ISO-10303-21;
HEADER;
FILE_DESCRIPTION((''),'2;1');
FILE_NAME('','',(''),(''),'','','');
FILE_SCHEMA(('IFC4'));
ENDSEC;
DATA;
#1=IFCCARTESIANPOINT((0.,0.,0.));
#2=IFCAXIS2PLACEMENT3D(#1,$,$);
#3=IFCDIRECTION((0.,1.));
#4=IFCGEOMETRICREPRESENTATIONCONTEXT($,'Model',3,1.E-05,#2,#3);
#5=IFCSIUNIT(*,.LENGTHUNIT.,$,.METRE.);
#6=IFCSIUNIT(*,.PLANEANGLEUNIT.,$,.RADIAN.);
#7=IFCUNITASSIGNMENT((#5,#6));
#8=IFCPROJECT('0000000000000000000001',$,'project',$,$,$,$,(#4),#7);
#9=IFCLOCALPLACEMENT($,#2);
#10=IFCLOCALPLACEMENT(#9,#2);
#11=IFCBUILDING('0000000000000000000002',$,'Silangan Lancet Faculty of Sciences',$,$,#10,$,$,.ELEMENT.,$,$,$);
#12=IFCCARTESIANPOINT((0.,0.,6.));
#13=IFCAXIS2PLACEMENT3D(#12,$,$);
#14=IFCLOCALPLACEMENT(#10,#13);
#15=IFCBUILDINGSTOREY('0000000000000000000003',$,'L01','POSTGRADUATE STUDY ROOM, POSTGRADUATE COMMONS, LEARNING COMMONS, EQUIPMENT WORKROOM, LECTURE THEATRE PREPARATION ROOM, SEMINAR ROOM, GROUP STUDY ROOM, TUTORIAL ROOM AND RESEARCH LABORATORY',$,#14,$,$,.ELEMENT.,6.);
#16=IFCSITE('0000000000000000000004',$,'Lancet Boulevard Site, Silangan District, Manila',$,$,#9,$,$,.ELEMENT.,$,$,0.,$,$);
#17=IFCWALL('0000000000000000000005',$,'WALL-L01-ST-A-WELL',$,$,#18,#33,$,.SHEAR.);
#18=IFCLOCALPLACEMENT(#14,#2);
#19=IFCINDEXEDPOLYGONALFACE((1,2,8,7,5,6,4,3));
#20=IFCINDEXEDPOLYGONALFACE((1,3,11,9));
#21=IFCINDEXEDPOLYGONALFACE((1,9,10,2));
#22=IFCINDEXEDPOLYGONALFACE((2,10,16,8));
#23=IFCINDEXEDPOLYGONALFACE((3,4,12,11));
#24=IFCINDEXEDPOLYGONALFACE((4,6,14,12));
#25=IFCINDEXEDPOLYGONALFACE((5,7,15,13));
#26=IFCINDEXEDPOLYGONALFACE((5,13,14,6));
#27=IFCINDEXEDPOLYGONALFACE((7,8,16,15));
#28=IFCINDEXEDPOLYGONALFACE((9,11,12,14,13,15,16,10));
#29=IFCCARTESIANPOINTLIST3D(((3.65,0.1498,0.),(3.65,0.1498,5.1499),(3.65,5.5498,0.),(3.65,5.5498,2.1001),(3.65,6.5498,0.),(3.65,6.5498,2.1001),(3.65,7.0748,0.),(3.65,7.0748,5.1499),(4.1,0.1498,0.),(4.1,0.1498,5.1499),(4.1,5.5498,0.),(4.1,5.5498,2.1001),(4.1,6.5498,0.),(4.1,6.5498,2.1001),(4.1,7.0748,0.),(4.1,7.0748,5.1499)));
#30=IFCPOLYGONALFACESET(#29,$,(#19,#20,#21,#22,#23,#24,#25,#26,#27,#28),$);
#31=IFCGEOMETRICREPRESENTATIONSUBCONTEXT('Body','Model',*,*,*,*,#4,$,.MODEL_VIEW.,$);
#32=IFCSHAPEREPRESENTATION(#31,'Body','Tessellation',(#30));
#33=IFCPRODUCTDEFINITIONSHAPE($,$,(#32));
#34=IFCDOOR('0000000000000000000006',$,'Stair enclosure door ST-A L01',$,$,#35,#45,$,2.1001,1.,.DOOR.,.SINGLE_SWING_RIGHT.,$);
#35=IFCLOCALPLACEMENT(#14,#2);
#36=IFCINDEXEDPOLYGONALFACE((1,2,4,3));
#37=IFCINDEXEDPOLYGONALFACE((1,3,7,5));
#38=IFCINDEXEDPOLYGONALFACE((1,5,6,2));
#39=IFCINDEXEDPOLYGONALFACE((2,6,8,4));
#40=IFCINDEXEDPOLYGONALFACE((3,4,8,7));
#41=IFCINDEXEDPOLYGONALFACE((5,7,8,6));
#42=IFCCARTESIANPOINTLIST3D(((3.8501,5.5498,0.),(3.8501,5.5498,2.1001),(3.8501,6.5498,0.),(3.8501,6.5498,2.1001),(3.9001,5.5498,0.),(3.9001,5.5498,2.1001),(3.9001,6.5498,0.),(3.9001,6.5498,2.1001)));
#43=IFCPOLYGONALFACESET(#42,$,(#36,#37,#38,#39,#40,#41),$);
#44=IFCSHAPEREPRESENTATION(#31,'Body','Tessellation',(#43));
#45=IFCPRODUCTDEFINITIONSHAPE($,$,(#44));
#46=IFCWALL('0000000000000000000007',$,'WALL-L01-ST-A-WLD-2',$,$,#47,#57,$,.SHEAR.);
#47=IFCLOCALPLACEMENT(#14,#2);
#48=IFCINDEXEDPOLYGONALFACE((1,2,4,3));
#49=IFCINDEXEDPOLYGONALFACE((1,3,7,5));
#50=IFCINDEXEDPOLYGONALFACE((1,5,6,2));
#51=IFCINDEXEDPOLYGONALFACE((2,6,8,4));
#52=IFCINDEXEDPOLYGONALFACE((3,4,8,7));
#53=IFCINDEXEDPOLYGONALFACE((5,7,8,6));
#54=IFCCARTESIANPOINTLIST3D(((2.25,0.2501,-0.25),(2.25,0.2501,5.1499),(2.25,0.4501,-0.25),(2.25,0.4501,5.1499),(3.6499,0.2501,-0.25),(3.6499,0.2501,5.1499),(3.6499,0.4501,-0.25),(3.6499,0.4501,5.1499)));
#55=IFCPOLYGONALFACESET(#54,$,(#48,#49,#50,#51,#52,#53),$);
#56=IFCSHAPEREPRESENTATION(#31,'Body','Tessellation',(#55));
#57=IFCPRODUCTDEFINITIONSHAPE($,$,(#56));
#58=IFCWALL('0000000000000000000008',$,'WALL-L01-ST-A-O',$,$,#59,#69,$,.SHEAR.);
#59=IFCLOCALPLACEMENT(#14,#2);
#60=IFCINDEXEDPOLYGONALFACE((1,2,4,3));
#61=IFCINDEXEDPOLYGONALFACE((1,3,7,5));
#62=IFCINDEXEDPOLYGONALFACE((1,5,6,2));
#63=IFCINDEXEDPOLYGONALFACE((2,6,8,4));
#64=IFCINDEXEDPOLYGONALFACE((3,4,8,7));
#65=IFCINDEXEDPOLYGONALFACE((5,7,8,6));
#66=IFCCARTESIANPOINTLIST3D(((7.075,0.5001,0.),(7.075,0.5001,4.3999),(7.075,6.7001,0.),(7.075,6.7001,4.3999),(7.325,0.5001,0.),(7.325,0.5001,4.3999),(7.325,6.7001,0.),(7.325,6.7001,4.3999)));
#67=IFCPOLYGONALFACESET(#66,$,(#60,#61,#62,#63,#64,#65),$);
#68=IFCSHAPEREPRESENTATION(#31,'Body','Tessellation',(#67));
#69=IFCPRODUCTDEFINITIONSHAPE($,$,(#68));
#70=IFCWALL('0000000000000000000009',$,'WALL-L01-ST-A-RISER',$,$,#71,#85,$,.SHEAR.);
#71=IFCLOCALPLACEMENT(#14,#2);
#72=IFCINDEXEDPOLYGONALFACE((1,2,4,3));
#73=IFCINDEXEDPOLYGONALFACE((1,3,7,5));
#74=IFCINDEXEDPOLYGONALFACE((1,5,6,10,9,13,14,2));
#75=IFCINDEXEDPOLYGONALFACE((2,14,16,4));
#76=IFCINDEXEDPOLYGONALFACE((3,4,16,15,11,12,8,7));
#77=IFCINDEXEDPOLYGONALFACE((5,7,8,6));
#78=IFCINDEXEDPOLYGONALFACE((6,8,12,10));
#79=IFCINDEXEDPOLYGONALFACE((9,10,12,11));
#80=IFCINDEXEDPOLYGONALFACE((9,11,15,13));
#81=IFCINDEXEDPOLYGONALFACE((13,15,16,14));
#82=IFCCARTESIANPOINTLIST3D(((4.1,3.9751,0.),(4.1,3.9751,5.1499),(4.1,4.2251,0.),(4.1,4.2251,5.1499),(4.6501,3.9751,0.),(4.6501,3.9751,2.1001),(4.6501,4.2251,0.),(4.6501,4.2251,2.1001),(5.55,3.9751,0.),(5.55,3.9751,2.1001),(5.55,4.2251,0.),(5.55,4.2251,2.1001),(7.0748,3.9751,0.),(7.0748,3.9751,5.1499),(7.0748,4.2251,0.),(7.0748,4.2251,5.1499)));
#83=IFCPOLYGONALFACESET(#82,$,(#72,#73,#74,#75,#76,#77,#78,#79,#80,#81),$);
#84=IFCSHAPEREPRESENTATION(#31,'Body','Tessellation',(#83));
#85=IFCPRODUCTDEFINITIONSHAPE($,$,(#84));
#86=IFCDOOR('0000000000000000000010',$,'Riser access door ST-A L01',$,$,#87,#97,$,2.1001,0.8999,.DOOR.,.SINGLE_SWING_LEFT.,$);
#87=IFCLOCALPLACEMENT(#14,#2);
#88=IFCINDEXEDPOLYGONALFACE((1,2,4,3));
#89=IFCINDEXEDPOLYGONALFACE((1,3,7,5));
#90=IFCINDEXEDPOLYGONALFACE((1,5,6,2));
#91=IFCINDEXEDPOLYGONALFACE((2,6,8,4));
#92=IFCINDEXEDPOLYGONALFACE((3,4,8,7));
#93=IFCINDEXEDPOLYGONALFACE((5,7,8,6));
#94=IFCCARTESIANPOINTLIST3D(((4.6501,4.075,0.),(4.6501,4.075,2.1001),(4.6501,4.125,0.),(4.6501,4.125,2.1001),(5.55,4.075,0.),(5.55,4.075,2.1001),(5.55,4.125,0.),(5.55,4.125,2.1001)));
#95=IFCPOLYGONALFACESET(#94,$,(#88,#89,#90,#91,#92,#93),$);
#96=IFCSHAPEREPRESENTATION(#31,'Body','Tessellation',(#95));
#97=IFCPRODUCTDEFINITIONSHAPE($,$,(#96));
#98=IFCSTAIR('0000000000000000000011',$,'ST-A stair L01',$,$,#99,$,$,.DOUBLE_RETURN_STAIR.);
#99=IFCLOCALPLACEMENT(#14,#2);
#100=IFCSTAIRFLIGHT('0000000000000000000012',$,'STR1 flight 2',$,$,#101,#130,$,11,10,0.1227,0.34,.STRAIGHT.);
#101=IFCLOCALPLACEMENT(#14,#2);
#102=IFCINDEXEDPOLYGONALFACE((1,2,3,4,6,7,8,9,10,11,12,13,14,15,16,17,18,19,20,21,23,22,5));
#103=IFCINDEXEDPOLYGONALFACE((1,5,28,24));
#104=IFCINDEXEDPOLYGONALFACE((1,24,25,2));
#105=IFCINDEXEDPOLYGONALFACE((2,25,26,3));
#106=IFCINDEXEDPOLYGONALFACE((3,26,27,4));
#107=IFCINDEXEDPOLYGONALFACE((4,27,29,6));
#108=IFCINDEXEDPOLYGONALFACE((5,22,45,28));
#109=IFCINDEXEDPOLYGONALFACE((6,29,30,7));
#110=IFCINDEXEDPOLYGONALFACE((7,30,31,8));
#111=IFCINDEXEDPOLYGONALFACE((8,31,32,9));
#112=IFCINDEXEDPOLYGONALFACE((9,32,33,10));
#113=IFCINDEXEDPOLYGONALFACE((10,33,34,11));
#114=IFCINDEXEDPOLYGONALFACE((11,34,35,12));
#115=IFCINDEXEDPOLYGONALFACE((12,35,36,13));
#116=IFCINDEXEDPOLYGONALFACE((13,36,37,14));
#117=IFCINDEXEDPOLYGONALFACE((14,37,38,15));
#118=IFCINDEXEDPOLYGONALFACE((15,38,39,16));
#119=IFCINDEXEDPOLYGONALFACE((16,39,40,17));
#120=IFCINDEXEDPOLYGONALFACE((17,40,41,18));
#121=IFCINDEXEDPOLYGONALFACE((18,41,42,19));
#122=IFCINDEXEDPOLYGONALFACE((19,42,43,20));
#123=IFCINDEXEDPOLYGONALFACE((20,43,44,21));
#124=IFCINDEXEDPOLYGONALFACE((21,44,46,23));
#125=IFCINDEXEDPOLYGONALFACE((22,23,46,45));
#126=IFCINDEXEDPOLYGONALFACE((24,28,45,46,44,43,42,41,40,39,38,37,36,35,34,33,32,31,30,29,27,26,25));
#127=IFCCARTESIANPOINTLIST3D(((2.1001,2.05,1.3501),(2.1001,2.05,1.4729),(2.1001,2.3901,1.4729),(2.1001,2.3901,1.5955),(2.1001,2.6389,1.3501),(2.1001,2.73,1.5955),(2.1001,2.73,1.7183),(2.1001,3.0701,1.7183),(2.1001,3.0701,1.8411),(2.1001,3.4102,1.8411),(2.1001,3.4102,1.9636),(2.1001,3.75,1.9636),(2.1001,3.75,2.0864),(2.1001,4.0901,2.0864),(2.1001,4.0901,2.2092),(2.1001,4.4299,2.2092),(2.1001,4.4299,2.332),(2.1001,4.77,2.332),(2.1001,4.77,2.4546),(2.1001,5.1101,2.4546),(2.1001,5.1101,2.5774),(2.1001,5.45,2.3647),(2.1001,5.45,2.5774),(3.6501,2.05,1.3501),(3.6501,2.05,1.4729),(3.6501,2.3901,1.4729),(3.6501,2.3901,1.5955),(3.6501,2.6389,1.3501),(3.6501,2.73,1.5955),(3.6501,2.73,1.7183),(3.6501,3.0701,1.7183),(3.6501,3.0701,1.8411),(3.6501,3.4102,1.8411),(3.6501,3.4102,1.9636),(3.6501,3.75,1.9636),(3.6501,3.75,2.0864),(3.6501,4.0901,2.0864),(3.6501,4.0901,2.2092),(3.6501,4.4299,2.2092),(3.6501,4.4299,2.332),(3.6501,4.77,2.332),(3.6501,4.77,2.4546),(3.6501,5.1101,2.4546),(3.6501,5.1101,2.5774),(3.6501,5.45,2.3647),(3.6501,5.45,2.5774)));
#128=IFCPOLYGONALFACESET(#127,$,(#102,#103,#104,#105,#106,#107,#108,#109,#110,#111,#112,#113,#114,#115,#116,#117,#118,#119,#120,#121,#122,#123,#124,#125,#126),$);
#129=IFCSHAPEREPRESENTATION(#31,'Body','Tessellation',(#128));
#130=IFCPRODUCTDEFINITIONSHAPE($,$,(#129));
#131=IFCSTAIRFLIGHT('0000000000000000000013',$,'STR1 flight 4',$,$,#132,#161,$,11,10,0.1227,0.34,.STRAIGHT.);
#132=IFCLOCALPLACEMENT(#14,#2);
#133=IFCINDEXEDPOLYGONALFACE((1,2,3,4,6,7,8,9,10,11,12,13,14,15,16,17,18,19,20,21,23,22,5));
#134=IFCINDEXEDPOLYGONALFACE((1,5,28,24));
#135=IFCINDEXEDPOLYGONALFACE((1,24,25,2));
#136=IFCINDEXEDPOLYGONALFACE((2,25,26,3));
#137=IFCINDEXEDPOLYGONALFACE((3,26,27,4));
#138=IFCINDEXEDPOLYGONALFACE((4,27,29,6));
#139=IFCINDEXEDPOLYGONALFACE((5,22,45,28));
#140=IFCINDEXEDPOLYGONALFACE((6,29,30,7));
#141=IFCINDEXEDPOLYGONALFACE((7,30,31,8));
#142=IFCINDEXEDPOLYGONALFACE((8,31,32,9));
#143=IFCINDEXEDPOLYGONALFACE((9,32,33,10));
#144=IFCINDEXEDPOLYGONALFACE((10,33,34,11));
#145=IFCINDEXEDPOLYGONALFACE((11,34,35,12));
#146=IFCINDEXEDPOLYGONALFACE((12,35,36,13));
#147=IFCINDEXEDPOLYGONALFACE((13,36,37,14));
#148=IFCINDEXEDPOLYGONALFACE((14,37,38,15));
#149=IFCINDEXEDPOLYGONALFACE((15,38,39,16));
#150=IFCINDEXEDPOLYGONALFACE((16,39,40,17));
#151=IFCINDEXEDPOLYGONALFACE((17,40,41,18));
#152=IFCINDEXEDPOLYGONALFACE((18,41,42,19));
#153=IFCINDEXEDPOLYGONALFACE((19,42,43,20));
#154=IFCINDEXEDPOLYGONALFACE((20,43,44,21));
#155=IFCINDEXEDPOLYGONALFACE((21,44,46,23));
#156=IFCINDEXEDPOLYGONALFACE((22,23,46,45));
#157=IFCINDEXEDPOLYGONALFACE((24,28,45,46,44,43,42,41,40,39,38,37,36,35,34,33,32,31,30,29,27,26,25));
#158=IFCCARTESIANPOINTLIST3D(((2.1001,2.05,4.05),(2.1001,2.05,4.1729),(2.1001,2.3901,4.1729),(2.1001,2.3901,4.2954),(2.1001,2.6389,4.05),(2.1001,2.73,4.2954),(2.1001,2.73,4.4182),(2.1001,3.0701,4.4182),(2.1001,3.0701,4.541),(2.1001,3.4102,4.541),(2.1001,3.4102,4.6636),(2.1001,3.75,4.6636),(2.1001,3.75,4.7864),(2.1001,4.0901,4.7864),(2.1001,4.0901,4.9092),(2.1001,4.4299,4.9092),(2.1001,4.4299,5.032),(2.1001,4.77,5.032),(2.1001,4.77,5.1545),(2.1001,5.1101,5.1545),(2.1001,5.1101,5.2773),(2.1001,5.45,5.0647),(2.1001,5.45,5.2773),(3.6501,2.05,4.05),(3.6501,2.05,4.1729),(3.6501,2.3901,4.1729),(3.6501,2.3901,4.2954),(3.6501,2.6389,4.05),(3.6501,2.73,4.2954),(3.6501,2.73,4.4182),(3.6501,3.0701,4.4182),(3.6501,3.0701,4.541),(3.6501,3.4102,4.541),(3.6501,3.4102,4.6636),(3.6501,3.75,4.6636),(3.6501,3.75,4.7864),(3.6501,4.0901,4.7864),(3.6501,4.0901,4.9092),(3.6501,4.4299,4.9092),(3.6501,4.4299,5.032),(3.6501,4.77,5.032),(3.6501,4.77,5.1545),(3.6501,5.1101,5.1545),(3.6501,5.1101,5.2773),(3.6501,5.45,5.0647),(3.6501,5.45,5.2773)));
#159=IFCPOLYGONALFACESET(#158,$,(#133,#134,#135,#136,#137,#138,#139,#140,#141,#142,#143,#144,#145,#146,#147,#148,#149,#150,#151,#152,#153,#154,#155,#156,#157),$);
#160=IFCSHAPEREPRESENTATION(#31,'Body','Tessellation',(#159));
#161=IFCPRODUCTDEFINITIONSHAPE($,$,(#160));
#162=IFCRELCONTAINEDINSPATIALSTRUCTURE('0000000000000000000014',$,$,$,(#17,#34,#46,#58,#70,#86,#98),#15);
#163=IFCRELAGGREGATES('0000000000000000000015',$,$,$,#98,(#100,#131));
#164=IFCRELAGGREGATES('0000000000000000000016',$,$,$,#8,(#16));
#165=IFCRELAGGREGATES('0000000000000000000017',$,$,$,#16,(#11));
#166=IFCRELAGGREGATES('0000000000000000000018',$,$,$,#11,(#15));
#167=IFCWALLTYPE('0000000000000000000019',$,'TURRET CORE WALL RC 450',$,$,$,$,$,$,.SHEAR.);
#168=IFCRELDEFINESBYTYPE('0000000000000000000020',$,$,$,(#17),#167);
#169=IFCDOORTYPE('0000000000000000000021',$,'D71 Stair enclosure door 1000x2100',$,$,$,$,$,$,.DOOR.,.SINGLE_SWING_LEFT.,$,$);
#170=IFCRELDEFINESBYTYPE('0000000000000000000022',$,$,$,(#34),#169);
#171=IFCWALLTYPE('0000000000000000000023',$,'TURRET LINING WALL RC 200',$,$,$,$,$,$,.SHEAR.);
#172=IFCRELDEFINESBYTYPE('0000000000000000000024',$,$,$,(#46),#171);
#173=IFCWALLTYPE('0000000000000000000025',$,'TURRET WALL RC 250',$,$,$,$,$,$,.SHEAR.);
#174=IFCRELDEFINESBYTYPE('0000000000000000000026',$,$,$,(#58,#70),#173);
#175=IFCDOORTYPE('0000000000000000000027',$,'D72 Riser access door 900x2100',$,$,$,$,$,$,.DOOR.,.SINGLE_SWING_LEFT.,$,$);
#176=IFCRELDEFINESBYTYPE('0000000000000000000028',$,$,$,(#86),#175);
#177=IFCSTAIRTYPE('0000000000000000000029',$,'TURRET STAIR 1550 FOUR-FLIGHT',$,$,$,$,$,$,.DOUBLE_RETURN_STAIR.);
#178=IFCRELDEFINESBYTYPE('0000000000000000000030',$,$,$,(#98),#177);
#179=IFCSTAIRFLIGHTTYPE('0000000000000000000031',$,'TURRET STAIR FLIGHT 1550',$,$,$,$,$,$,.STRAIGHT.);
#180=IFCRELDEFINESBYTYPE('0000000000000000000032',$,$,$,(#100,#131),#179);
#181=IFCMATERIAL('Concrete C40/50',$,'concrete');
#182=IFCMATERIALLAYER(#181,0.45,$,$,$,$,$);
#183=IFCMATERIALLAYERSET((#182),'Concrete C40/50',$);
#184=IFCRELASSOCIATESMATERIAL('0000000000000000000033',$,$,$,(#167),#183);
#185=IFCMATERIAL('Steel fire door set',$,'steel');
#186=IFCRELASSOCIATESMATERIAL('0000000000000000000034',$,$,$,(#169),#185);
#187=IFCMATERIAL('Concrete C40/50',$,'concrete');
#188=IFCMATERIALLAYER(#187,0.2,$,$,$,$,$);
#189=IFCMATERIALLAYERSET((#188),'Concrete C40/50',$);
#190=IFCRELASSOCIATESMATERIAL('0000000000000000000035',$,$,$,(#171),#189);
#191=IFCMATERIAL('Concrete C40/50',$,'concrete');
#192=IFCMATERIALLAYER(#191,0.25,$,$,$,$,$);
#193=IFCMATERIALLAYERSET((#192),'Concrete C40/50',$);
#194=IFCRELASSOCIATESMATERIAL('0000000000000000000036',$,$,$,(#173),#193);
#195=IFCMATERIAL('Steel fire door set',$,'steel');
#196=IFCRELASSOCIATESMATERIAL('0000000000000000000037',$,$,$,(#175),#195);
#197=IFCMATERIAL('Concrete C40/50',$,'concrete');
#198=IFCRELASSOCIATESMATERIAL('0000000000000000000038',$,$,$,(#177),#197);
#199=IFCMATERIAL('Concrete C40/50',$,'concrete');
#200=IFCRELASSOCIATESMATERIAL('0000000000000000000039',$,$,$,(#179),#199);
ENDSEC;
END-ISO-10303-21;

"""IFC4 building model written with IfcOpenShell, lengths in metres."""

from ifc_helpers import new_model, si_unit, direction, frame, frame_2d, origin, place, context, subcontext, project, spatial, polyline, rectangle, outline, extrude, material, layer, layer_set, type_object, element, fill, aggregate, save


model = new_model("IFC4")

# Units and contexts
model_context = context("Model", 3, precision=1e-05, world=origin(), true_north=direction((0.0, 1.0)))
body_context = subcontext(model_context, "Body", "Model", "MODEL_VIEW")
ifc_project = project(units=[si_unit("LENGTHUNIT", "METRE"), si_unit("PLANEANGLEUNIT", "RADIAN")], contexts=[model_context])

# Site, building, storey
site_placement = place(None, origin())
site = spatial("IfcSite", under=ifc_project, at=site_placement, Name="Lancet Boulevard Site, Silangan District, Manila", CompositionType="ELEMENT", RefElevation=0.0)
building_placement = place(site_placement, origin())
building = spatial("IfcBuilding", under=site, at=building_placement, Name="Silangan Lancet Faculty of Sciences", CompositionType="ELEMENT")
storey_placement = place(building_placement, frame((0.0, 0.0, 6.0)))
storey = spatial("IfcBuildingStorey", under=building, at=storey_placement, Name="L01", Description="POSTGRADUATE STUDY ROOM, POSTGRADUATE COMMONS, LEARNING COMMONS, EQUIPMENT WORKROOM, LECTURE THEATRE PREPARATION ROOM, SEMINAR ROOM, GROUP STUDY ROOM, TUTORIAL ROOM AND RESEARCH LABORATORY", CompositionType="ELEMENT", Elevation=6.0)

# Wall, opening, door
ifc_material_1 = material(Name="Concrete C40/50", Category="concrete")
ifc_layer_1 = layer(ifc_material_1, 0.45)
ifc_layer_set_1 = layer_set([ifc_layer_1], Name="Concrete C40/50")
wall_type_1 = type_object("IfcWallType", Name="TURRET CORE WALL RC 450", PredefinedType="SHEAR", material=ifc_layer_set_1)
wall_1_placement = place(storey_placement, frame((3.875, 0.1499, 0.0), z_axis=(0.0, 0.0, 1.0), x_axis=(0.0, 1.0, 0.0)))
wall_1 = element("IfcWall", 1, at=wall_1_placement, inside=storey, type_object=wall_type_1, Name="WALL-L01-ST-A-WELL", PredefinedType="SHEAR", context=body_context, shape_type="SweptSolid", body=[
    extrude(rectangle(XDim=6.925, YDim=0.45, at=frame_2d((3.4624, 0.0))), origin(), (0.0, 0.0, 1.0), 5.1499),
])
opening_1_placement = place(wall_1_placement, frame((5.3999, 0.0, 0.0)))
opening_1 = element("IfcOpeningElement", 2, at=opening_1_placement, cuts=wall_1, PredefinedType="OPENING", context=body_context, shape_type="SweptSolid", body=[
    extrude(rectangle(XDim=1.0, YDim=2.1001, at=frame_2d((0.5, 1.05))), frame((0.0, 0.2349, 0.0), z_axis=(0.0, -1.0, 0.0), x_axis=(1.0, 0.0, 0.0)), (0.0, 0.0, 1.0), 0.47),
])
ifc_material_2 = material(Name="Steel fire door set", Category="steel")
door_type_1 = type_object("IfcDoorType", Name="D71 Stair enclosure door 1000x2100", OperationType="SINGLE_SWING_LEFT", PredefinedType="DOOR", material=ifc_material_2)
door_1_placement = place(opening_1_placement, origin())
door_1 = element("IfcDoor", 3, at=door_1_placement, inside=storey, type_object=door_type_1, Name="Stair enclosure door ST-A L01", OperationType="SINGLE_SWING_RIGHT", OverallHeight=2.1001, OverallWidth=1.0, PredefinedType="DOOR", context=body_context, shape_type="SweptSolid", body=[
    extrude(rectangle(XDim=1.0, YDim=2.1001, at=frame_2d((0.5, 1.05))), frame((0.0, 0.0249, 0.0), z_axis=(0.0, -1.0, 0.0), x_axis=(1.0, 0.0, 0.0)), (0.0, 0.0, 1.0), 0.05),
])
fill(opening_1, door_1)

# Walls
ifc_material_3 = material(Name="Concrete C40/50", Category="concrete")
ifc_layer_2 = layer(ifc_material_3, 0.2)
ifc_layer_set_2 = layer_set([ifc_layer_2], Name="Concrete C40/50")
wall_type_2 = type_object("IfcWallType", Name="TURRET LINING WALL RC 200", PredefinedType="SHEAR", material=ifc_layer_set_2)
wall_2_placement = place(storey_placement, frame((2.25, 0.3501, -0.25), z_axis=(0.0, 0.0, 1.0), x_axis=(1.0, 0.0, 0.0)))
element("IfcWall", 4, at=wall_2_placement, inside=storey, type_object=wall_type_2, Name="WALL-L01-ST-A-WLD-2", PredefinedType="SHEAR", context=body_context, shape_type="SweptSolid", body=[
    extrude(rectangle(XDim=1.3999, YDim=0.2, at=frame_2d((0.7, 0.0))), origin(), (0.0, 0.0, 1.0), 5.3999),
])
ifc_material_4 = material(Name="Concrete C40/50", Category="concrete")
ifc_layer_3 = layer(ifc_material_4, 0.25)
ifc_layer_set_3 = layer_set([ifc_layer_3], Name="Concrete C40/50")
wall_type_3 = type_object("IfcWallType", Name="TURRET WALL RC 250", PredefinedType="SHEAR", material=ifc_layer_set_3)
wall_3_placement = place(storey_placement, frame((7.2, 0.5, 0.0), z_axis=(0.0, 0.0, 1.0), x_axis=(0.0, 1.0, 0.0)))
element("IfcWall", 5, at=wall_3_placement, inside=storey, type_object=wall_type_3, Name="WALL-L01-ST-A-O", PredefinedType="SHEAR", context=body_context, shape_type="SweptSolid", body=[
    extrude(rectangle(XDim=6.2, YDim=0.25, at=frame_2d((3.1001, 0.0))), origin(), (0.0, 0.0, 1.0), 4.3999),
])

# Wall, opening, door
wall_4_placement = place(storey_placement, frame((4.1001, 4.1001, 0.0), z_axis=(0.0, 0.0, 1.0), x_axis=(1.0, 0.0, 0.0)))
wall_4 = element("IfcWall", 6, at=wall_4_placement, inside=storey, type_object=wall_type_3, Name="WALL-L01-ST-A-RISER", PredefinedType="SHEAR", context=body_context, shape_type="SweptSolid", body=[
    extrude(rectangle(XDim=2.9749, YDim=0.25, at=frame_2d((1.4873, 0.0))), origin(), (0.0, 0.0, 1.0), 5.1499),
])
opening_2_placement = place(wall_4_placement, frame((0.55, 0.0, 0.0)))
opening_2 = element("IfcOpeningElement", 7, at=opening_2_placement, cuts=wall_4, PredefinedType="OPENING", context=body_context, shape_type="SweptSolid", body=[
    extrude(rectangle(XDim=0.8999, YDim=2.1001, at=frame_2d((0.45, 1.05))), frame((0.0, 0.135, 0.0), z_axis=(0.0, -1.0, 0.0), x_axis=(1.0, 0.0, 0.0)), (0.0, 0.0, 1.0), 0.27),
])
ifc_material_5 = material(Name="Steel fire door set", Category="steel")
door_type_2 = type_object("IfcDoorType", Name="D72 Riser access door 900x2100", OperationType="SINGLE_SWING_LEFT", PredefinedType="DOOR", material=ifc_material_5)
door_2_placement = place(opening_2_placement, frame((0.8999, 0.0, 0.0), z_axis=(0.0, 0.0, 1.0), x_axis=(-1.0, 0.0, 0.0)))
door_2 = element("IfcDoor", 8, at=door_2_placement, inside=storey, type_object=door_type_2, Name="Riser access door ST-A L01", OperationType="SINGLE_SWING_LEFT", OverallHeight=2.1001, OverallWidth=0.8999, PredefinedType="DOOR", context=body_context, shape_type="SweptSolid", body=[
    extrude(rectangle(XDim=0.8999, YDim=2.1001, at=frame_2d((0.45, 1.05))), frame((0.0, 0.0251, 0.0), z_axis=(0.0, -1.0, 0.0), x_axis=(1.0, 0.0, 0.0)), (0.0, 0.0, 1.0), 0.05),
])
fill(opening_2, door_2)

# Stair, stair flights
ifc_material_6 = material(Name="Concrete C40/50", Category="concrete")
stair_type = type_object("IfcStairType", Name="TURRET STAIR 1550 FOUR-FLIGHT", PredefinedType="DOUBLE_RETURN_STAIR", material=ifc_material_6)
stair_placement = place(storey_placement, origin())
stair = element("IfcStair", 9, at=stair_placement, inside=storey, type_object=stair_type, Name="ST-A stair L01", PredefinedType="DOUBLE_RETURN_STAIR")
ifc_material_7 = material(Name="Concrete C40/50", Category="concrete")
stair_flight_type = type_object("IfcStairFlightType", Name="TURRET STAIR FLIGHT 1550", PredefinedType="STRAIGHT", material=ifc_material_7)
stair_flight_1_placement = place(storey_placement, frame((2.875, 2.05, 1.3501), z_axis=(0.0, 0.0, 1.0), x_axis=(0.0, 1.0, 0.0)))
stair_flight_1 = element("IfcStairFlight", 10, at=stair_flight_1_placement, type_object=stair_flight_type, Name="STR1 flight 2", NumberOfRisers=11, NumberOfTreads=10, PredefinedType="STRAIGHT", RiserHeight=0.1227, TreadLength=0.34, context=body_context, shape_type="SweptSolid", body=[
    extrude(outline(polyline([(0.0, 0.0), (0.0, 0.1228), (0.3401, 0.1228), (0.3401, 0.2454), (0.6799, 0.2454), (0.6799, 0.3682), (1.02, 0.3682), (1.02, 0.491), (1.3601, 0.491), (1.3601, 0.6135), (1.7, 0.6135), (1.7, 0.7363), (2.04, 0.7363), (2.04, 0.8591), (2.3799, 0.8591), (2.3799, 0.9819), (2.72, 0.9819), (2.72, 1.1045), (3.0601, 1.1045), (3.0601, 1.2273), (3.3999, 1.2273), (3.3999, 1.3501), (3.3999, 1.0146), (0.5889, 0.0), (0.0, 0.0)])), frame((0.0, 0.7749, 0.0), z_axis=(0.0, -1.0, 0.0), x_axis=(1.0, 0.0, 0.0)), (0.0, 0.0, 1.0), 1.55),
])
stair_flight_2_placement = place(storey_placement, frame((2.875, 2.05, 4.05), z_axis=(0.0, 0.0, 1.0), x_axis=(0.0, 1.0, 0.0)))
stair_flight_2 = element("IfcStairFlight", 11, at=stair_flight_2_placement, type_object=stair_flight_type, Name="STR1 flight 4", NumberOfRisers=11, NumberOfTreads=10, PredefinedType="STRAIGHT", RiserHeight=0.1227, TreadLength=0.34, context=body_context, shape_type="SweptSolid", body=[
    extrude(outline(polyline([(0.0, 0.0), (0.0, 0.1228), (0.3401, 0.1228), (0.3401, 0.2454), (0.6799, 0.2454), (0.6799, 0.3682), (1.02, 0.3682), (1.02, 0.491), (1.3601, 0.491), (1.3601, 0.6135), (1.7, 0.6135), (1.7, 0.7363), (2.04, 0.7363), (2.04, 0.8591), (2.3799, 0.8591), (2.3799, 0.9819), (2.72, 0.9819), (2.72, 1.1045), (3.0601, 1.1045), (3.0601, 1.2273), (3.3999, 1.2273), (3.3999, 1.3501), (3.3999, 1.0146), (0.5889, 0.0), (0.0, 0.0)])), frame((0.0, 0.7749, 0.0), z_axis=(0.0, -1.0, 0.0), x_axis=(1.0, 0.0, 0.0)), (0.0, 0.0, 1.0), 1.55),
])
aggregate(stair, [stair_flight_1, stair_flight_2])

save(model, "model.ifc")
